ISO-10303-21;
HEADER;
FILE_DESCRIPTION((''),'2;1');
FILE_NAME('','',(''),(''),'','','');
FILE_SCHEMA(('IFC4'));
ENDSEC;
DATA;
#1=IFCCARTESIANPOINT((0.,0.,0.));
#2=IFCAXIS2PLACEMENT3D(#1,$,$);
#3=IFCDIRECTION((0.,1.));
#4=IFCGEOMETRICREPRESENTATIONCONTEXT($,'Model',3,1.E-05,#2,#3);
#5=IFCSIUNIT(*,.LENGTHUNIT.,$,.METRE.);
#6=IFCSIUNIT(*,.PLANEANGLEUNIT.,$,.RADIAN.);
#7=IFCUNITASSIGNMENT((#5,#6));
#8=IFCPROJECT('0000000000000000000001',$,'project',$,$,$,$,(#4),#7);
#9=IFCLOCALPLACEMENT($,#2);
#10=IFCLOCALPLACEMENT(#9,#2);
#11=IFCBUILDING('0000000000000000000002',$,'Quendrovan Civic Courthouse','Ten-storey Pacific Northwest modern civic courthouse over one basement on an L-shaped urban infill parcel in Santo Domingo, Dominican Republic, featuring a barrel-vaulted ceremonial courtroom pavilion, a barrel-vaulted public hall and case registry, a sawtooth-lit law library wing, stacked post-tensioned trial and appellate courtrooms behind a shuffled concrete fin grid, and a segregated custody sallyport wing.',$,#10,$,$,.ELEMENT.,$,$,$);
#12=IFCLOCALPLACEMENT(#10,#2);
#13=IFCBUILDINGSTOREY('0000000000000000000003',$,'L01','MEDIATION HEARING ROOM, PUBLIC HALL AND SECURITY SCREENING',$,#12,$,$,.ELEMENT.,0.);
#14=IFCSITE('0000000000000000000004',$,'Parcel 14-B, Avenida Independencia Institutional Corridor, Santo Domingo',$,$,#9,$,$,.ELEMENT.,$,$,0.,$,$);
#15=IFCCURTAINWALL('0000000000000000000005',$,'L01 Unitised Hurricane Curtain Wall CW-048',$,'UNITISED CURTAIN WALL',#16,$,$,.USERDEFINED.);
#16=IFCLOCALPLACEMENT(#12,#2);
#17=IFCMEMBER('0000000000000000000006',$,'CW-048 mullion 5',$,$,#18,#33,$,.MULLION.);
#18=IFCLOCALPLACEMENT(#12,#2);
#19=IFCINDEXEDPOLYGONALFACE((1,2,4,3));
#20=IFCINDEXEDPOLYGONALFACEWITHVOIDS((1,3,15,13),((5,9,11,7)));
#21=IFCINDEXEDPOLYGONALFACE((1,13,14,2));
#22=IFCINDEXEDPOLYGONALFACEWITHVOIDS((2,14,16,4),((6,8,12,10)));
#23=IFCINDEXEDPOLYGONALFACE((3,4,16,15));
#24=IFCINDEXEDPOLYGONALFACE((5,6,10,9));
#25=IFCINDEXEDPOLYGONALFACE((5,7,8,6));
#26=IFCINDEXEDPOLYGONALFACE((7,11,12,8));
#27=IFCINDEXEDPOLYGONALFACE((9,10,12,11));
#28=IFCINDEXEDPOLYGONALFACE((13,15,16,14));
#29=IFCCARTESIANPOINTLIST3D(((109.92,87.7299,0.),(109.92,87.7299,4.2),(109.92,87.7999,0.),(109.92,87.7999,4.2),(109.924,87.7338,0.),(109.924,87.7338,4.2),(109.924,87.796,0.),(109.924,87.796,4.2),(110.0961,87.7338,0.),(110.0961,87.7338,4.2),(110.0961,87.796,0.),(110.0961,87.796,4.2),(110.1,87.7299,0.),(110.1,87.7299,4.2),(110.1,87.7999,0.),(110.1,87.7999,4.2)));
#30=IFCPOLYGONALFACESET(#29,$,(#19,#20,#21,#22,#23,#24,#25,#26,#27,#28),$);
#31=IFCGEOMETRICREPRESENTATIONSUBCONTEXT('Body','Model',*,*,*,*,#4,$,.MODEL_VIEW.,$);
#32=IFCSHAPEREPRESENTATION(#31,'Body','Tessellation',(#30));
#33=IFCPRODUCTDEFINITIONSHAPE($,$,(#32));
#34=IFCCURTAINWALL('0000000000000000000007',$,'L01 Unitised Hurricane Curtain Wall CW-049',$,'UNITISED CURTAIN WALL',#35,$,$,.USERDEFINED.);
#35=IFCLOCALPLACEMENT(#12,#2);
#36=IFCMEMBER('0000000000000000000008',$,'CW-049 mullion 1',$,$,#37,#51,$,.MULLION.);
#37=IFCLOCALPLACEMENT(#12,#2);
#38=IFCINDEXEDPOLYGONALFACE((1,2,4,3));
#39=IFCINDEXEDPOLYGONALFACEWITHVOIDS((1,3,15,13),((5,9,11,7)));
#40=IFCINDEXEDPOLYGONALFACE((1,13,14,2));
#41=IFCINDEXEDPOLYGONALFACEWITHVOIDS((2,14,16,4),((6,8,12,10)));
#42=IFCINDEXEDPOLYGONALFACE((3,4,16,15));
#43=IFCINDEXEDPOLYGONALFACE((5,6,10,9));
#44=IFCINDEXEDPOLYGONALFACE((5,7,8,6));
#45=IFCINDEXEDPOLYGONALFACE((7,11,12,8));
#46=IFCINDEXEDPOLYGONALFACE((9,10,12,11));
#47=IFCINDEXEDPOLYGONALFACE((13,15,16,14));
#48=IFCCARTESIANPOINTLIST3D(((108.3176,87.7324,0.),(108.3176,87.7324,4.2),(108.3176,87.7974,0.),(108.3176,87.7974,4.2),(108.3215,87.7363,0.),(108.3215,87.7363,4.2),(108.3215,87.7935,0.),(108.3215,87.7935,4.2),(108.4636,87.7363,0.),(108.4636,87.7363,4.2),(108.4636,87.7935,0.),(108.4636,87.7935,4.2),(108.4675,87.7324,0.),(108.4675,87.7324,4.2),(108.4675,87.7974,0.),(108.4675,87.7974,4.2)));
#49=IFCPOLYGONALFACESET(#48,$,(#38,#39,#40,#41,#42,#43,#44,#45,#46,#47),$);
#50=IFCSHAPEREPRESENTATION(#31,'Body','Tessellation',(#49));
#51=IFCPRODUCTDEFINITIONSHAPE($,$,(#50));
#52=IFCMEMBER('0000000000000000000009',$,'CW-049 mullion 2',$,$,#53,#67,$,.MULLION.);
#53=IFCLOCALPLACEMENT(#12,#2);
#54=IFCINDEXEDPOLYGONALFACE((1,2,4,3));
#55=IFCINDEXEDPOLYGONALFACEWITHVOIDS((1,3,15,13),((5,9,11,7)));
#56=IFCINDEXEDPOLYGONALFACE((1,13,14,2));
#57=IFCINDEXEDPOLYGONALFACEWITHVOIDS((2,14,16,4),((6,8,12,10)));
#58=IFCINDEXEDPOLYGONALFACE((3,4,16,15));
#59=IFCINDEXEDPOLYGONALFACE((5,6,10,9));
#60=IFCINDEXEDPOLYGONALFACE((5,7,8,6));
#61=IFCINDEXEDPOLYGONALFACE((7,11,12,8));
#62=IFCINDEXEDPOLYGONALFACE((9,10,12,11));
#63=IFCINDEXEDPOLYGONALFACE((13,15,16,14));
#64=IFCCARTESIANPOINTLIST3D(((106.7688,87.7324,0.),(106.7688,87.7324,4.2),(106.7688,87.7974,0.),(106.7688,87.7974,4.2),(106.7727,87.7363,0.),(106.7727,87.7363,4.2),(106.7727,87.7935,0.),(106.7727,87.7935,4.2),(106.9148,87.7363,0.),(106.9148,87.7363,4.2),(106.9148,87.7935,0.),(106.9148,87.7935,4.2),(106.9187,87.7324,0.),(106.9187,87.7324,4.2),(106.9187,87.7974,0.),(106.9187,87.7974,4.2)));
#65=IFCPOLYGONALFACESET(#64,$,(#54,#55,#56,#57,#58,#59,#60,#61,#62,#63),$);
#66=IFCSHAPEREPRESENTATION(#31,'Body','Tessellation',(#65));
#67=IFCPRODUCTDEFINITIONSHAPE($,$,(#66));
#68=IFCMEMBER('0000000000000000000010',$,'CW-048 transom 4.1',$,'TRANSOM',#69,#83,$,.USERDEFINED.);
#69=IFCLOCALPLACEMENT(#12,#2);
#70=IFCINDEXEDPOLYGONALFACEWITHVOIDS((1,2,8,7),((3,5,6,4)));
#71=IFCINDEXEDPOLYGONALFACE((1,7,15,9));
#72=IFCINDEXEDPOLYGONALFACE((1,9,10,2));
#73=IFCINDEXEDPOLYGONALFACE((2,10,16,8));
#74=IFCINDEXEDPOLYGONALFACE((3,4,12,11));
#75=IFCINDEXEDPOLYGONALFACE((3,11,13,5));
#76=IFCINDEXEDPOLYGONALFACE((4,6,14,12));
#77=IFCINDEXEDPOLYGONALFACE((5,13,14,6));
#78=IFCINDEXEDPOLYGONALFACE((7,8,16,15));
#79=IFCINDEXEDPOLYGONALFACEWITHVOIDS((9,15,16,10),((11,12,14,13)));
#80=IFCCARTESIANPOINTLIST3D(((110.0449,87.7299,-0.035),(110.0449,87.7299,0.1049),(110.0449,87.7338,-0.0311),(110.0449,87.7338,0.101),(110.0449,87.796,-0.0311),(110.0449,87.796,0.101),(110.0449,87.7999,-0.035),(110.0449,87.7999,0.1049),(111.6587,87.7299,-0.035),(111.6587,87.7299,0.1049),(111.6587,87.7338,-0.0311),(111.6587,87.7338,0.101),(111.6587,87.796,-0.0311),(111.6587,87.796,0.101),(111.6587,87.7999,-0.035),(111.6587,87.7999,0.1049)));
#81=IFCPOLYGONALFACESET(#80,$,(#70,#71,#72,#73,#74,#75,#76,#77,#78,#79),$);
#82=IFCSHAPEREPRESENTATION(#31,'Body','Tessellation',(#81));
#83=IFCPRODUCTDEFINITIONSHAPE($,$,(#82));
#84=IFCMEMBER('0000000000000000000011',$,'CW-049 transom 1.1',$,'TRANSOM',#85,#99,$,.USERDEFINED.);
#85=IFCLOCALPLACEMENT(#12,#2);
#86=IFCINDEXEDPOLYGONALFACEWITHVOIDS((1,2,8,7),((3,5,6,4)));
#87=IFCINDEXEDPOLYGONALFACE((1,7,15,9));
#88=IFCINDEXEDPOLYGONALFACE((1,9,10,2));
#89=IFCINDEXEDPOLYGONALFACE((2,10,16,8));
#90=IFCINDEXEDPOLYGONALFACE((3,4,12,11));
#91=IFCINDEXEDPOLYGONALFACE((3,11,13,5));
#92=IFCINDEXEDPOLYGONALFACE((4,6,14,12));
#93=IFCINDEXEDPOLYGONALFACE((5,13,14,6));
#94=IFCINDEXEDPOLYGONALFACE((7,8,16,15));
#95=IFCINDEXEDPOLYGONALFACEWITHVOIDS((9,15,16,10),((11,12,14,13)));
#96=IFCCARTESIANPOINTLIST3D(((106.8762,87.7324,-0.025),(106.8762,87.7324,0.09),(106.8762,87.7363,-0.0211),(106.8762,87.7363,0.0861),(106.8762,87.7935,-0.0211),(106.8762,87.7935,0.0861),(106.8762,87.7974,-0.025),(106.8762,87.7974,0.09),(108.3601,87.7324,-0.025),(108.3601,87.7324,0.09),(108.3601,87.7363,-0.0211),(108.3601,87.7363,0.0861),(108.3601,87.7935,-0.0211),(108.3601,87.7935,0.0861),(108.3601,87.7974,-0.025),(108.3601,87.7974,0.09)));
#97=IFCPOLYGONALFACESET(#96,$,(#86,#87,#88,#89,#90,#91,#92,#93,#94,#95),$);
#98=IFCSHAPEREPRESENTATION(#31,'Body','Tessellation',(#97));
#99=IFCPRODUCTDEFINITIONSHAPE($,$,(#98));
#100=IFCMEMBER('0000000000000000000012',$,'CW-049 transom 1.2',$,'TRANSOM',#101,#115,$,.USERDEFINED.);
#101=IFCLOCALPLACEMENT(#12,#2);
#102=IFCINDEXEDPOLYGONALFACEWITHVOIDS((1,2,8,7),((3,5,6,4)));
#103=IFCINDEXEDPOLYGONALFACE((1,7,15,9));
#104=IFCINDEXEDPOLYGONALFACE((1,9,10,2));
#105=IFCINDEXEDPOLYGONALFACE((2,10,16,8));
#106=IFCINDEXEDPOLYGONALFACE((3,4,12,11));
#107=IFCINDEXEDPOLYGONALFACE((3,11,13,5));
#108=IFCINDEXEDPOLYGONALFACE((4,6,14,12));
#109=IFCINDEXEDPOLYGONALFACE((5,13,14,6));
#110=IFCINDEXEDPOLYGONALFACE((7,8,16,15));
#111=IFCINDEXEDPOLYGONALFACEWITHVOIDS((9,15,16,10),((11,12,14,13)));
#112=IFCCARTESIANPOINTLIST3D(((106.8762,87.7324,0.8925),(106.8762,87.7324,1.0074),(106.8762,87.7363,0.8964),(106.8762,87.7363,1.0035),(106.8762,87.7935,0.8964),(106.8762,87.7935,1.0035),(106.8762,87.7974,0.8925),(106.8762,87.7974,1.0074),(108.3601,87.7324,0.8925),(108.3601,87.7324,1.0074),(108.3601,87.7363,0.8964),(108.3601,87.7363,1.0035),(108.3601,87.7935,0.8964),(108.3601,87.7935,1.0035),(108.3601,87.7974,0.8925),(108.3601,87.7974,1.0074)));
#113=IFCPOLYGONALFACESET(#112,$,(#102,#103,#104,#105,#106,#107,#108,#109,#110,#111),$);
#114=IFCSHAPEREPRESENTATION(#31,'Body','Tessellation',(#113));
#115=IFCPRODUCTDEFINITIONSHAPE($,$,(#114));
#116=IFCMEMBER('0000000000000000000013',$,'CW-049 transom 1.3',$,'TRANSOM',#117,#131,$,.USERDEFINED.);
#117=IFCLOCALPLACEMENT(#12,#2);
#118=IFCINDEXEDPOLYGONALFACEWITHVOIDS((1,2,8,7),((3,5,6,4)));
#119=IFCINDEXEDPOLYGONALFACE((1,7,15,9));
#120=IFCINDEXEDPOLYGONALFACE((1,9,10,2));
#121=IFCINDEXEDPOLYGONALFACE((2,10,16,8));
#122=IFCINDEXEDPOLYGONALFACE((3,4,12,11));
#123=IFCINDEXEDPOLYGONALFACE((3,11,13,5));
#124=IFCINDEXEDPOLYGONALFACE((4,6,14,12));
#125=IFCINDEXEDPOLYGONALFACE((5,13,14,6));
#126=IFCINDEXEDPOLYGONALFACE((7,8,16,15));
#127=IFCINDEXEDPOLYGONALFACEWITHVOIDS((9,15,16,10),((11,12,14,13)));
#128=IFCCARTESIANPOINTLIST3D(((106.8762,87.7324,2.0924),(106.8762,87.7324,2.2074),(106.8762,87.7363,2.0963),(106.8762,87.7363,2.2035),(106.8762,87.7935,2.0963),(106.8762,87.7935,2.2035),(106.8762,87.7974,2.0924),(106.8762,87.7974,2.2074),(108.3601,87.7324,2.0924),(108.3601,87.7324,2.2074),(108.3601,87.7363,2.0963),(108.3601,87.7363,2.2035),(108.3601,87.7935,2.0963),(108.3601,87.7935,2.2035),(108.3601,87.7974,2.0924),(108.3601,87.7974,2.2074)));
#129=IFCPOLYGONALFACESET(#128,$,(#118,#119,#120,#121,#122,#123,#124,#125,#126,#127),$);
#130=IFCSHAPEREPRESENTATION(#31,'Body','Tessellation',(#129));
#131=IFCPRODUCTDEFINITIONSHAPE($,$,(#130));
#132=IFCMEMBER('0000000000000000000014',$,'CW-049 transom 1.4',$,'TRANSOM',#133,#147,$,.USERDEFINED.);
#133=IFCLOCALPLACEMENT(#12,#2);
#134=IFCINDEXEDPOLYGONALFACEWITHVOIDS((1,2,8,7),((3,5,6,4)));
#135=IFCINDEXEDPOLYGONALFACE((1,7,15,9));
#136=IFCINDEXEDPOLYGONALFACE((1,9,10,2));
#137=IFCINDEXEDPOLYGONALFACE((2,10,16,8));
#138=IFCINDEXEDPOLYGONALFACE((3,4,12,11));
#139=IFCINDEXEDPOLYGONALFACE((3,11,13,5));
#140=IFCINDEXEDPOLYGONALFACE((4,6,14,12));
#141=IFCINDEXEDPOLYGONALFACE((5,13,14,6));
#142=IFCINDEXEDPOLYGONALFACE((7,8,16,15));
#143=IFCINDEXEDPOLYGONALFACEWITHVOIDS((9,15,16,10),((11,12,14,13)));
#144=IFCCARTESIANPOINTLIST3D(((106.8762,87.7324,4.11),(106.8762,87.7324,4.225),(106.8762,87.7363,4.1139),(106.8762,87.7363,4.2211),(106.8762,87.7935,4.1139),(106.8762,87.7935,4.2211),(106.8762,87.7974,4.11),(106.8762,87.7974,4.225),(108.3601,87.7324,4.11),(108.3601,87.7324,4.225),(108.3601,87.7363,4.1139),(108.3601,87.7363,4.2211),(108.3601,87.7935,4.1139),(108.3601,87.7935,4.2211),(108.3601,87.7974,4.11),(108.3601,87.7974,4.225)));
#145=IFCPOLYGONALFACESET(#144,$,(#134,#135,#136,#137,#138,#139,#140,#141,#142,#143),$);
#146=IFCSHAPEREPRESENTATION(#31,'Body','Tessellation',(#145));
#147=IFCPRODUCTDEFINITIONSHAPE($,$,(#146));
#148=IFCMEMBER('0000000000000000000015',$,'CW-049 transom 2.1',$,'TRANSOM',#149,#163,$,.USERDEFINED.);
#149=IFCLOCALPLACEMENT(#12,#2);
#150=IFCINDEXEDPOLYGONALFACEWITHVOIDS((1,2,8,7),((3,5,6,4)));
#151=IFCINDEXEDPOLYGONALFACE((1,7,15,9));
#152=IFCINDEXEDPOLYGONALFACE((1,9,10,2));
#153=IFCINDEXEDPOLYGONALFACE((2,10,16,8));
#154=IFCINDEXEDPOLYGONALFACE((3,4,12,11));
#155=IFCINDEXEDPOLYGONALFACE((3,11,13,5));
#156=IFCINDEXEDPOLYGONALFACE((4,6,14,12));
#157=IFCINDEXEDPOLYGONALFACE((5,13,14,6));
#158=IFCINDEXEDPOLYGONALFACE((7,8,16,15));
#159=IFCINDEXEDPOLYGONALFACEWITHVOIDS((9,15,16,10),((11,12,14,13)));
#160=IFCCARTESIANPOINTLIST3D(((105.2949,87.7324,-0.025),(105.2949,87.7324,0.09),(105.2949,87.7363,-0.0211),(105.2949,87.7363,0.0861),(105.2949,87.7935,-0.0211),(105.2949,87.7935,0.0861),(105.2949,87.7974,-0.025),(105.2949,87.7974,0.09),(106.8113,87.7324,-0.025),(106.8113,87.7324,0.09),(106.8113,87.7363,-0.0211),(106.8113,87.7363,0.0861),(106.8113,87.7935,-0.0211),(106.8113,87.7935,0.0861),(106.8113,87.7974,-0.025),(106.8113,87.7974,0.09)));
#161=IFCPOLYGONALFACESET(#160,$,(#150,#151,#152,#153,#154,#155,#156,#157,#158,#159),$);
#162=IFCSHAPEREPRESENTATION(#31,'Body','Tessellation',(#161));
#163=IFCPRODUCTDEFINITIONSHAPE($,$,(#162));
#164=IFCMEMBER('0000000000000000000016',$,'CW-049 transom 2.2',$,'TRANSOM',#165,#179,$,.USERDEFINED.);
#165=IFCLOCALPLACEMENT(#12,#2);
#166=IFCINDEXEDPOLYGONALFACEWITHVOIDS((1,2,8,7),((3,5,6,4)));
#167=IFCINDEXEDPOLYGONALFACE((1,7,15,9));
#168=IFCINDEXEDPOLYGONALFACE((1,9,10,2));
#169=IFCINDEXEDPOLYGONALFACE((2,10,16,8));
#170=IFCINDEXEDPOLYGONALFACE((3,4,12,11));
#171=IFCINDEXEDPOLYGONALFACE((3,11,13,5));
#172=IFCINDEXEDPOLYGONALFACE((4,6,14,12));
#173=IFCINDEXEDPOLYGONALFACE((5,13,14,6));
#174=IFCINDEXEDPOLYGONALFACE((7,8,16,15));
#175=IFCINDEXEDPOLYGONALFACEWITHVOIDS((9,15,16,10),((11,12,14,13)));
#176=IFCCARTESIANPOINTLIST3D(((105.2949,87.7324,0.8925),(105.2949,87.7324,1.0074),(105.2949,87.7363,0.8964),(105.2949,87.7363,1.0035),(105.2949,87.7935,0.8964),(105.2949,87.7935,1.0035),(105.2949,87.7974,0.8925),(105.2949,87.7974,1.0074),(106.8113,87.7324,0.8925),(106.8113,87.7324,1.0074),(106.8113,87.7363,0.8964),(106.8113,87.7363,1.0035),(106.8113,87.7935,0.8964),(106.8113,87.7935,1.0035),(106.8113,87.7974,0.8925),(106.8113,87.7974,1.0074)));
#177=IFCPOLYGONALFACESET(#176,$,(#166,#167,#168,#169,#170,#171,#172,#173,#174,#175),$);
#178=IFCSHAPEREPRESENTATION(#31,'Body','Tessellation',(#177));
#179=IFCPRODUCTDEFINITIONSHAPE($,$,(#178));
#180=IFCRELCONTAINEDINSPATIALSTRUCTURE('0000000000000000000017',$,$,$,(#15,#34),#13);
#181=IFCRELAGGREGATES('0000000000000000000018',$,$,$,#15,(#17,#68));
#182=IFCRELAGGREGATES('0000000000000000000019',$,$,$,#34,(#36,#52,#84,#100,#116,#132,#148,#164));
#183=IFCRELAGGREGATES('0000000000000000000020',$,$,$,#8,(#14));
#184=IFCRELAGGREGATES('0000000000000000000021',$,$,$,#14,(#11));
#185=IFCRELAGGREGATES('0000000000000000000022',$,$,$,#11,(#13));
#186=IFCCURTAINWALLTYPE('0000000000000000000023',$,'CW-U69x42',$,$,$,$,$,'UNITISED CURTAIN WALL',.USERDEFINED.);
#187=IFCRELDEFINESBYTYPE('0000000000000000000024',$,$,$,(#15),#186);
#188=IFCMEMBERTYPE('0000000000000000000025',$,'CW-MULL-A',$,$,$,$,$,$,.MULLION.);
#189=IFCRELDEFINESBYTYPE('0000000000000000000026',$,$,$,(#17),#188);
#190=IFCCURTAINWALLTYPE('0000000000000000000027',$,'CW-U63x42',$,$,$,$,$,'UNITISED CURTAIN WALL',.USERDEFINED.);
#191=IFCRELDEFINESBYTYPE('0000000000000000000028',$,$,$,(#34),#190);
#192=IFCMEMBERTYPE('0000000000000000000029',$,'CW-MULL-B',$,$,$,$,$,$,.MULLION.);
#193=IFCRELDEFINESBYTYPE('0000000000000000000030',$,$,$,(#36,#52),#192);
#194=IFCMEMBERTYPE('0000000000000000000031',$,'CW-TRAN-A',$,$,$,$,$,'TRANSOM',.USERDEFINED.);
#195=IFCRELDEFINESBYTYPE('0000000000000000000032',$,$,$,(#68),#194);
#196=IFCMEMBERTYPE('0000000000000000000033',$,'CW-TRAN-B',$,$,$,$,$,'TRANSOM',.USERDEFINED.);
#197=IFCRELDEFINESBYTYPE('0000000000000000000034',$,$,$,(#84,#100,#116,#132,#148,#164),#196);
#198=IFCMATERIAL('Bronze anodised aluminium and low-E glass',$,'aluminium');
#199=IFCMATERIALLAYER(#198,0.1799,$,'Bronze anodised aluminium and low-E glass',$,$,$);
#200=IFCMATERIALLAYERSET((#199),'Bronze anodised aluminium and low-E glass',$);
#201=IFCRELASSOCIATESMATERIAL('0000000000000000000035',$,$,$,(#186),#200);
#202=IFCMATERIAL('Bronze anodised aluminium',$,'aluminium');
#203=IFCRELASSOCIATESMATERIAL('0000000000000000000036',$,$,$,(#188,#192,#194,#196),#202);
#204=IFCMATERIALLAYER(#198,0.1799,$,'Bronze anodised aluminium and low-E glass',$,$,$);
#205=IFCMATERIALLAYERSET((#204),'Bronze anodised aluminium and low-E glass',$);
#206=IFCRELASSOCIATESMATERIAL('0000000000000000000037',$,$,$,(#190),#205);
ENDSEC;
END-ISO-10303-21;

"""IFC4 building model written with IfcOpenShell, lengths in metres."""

from ifc_helpers import new_model, si_unit, direction, frame, origin, origin_2d, place, context, subcontext, project, spatial, hollow_rectangle, extrude, material, layer, layer_set, material_profile, profile_set, type_object, element, aggregate, save


model = new_model("IFC4")

# Units and contexts
model_context = context("Model", 3, precision=1e-05, world=origin(), true_north=direction((0.0, 1.0)))
body_context = subcontext(model_context, "Body", "Model", "MODEL_VIEW")
ifc_project = project(units=[si_unit("LENGTHUNIT", "METRE"), si_unit("PLANEANGLEUNIT", "RADIAN")], contexts=[model_context])

# Site, building, storey
site_placement = place(None, origin())
site = spatial("IfcSite", under=ifc_project, at=site_placement, Name="Parcel 14-B, Avenida Independencia Institutional Corridor, Santo Domingo", CompositionType="ELEMENT", RefElevation=0.0)
building_placement = place(site_placement, origin())
building = spatial("IfcBuilding", under=site, at=building_placement, Name="Quendrovan Civic Courthouse", Description="Ten-storey Pacific Northwest modern civic courthouse over one basement on an L-shaped urban infill parcel in Santo Domingo, Dominican Republic, featuring a barrel-vaulted ceremonial courtroom pavilion, a barrel-vaulted public hall and case registry, a sawtooth-lit law library wing, stacked post-tensioned trial and appellate courtrooms behind a shuffled concrete fin grid, and a segregated custody sallyport wing.", CompositionType="ELEMENT")
storey_placement = place(building_placement, origin())
storey = spatial("IfcBuildingStorey", under=building, at=storey_placement, Name="L01", Description="MEDIATION HEARING ROOM, PUBLIC HALL AND SECURITY SCREENING", CompositionType="ELEMENT", Elevation=0.0)

# Curtain wall, member
ifc_material_1 = material(Name="Bronze anodised aluminium and low-E glass", Category="aluminium")
ifc_layer_1 = layer(ifc_material_1, 0.1799, Name="Bronze anodised aluminium and low-E glass")
ifc_layer_set_1 = layer_set([ifc_layer_1], Name="Bronze anodised aluminium and low-E glass")
curtain_wall_type_1 = type_object("IfcCurtainWallType", Name="CW-U69x42", ElementType="UNITISED CURTAIN WALL", PredefinedType="USERDEFINED", material=ifc_layer_set_1)
curtain_wall_1_placement = place(storey_placement, origin())
curtain_wall_1 = element("IfcCurtainWall", 1, at=curtain_wall_1_placement, inside=storey, type_object=curtain_wall_type_1, Name="L01 Unitised Hurricane Curtain Wall CW-048", ObjectType="UNITISED CURTAIN WALL", PredefinedType="USERDEFINED")
ifc_material_2 = material(Name="Bronze anodised aluminium", Category="aluminium")
ifc_material_profile_1 = material_profile(ifc_material_2, hollow_rectangle(XDim=0.0701, YDim=0.1799, WallThickness=0.0039, at=origin_2d()), Name="CW-MULL-70x180")
ifc_profile_set_1 = profile_set([ifc_material_profile_1], Name="Bronze anodised aluminium")
member_type_1 = type_object("IfcMemberType", Name="CW-MULL-A", PredefinedType="MULLION", material=ifc_profile_set_1)
member_1_placement = place(storey_placement, frame((110.01, 87.7649, 0.0), z_axis=(0.0, 0.0, 1.0), x_axis=(0.0, -1.0, 0.0)))
member_1 = element("IfcMember", 2, at=member_1_placement, type_object=member_type_1, Name="CW-048 mullion 5", PredefinedType="MULLION", context=body_context, shape_type="SweptSolid", body=[
    extrude(hollow_rectangle(XDim=0.0701, YDim=0.1799, WallThickness=0.0039, at=origin_2d()), origin(), (0.0, 0.0, 1.0), 4.2),
])

# Curtain wall, members
ifc_layer_2 = layer(ifc_material_1, 0.1799, Name="Bronze anodised aluminium and low-E glass")
ifc_layer_set_2 = layer_set([ifc_layer_2], Name="Bronze anodised aluminium and low-E glass")
curtain_wall_type_2 = type_object("IfcCurtainWallType", Name="CW-U63x42", ElementType="UNITISED CURTAIN WALL", PredefinedType="USERDEFINED", material=ifc_layer_set_2)
curtain_wall_2_placement = place(storey_placement, origin())
curtain_wall_2 = element("IfcCurtainWall", 3, at=curtain_wall_2_placement, inside=storey, type_object=curtain_wall_type_2, Name="L01 Unitised Hurricane Curtain Wall CW-049", ObjectType="UNITISED CURTAIN WALL", PredefinedType="USERDEFINED")
ifc_material_profile_2 = material_profile(ifc_material_2, hollow_rectangle(XDim=0.0649, YDim=0.1499, WallThickness=0.0039, at=origin_2d()), Name="CW-MULL-65x150")
ifc_profile_set_2 = profile_set([ifc_material_profile_2], Name="Bronze anodised aluminium")
member_type_2 = type_object("IfcMemberType", Name="CW-MULL-B", PredefinedType="MULLION", material=ifc_profile_set_2)
member_2_placement = place(storey_placement, frame((108.3926, 87.7649, 0.0), z_axis=(0.0, 0.0, 1.0), x_axis=(0.0, -1.0, 0.0)))
member_2 = element("IfcMember", 4, at=member_2_placement, type_object=member_type_2, Name="CW-049 mullion 1", PredefinedType="MULLION", context=body_context, shape_type="SweptSolid", body=[
    extrude(hollow_rectangle(XDim=0.0649, YDim=0.1499, WallThickness=0.0039, at=origin_2d()), origin(), (0.0, 0.0, 1.0), 4.2),
])
member_3_placement = place(storey_placement, frame((106.8438, 87.7649, 0.0), z_axis=(0.0, 0.0, 1.0), x_axis=(0.0, -1.0, 0.0)))
member_3 = element("IfcMember", 5, at=member_3_placement, type_object=member_type_2, Name="CW-049 mullion 2", PredefinedType="MULLION", context=body_context, shape_type="SweptSolid", body=[
    extrude(hollow_rectangle(XDim=0.0649, YDim=0.1499, WallThickness=0.0039, at=origin_2d()), origin(), (0.0, 0.0, 1.0), 4.2),
])

# Members
ifc_material_profile_3 = material_profile(ifc_material_2, hollow_rectangle(XDim=0.0701, YDim=0.1399, WallThickness=0.0039, at=origin_2d()), Name="CW-TRAN-70x140")
ifc_profile_set_3 = profile_set([ifc_material_profile_3], Name="Bronze anodised aluminium")
member_type_3 = type_object("IfcMemberType", Name="CW-TRAN-A", ElementType="TRANSOM", PredefinedType="USERDEFINED", material=ifc_profile_set_3)
member_4_placement = place(storey_placement, frame((111.6587, 87.7649, 0.0349), z_axis=(-1.0, 0.0, 0.0), x_axis=(0.0, -1.0, 0.0)))
member_4 = element("IfcMember", 6, at=member_4_placement, type_object=member_type_3, Name="CW-048 transom 4.1", ObjectType="TRANSOM", PredefinedType="USERDEFINED", context=body_context, shape_type="SweptSolid", body=[
    extrude(hollow_rectangle(XDim=0.0701, YDim=0.1399, WallThickness=0.0039, at=origin_2d()), origin(), (0.0, 0.0, 1.0), 1.6138),
])
ifc_material_profile_4 = material_profile(ifc_material_2, hollow_rectangle(XDim=0.0649, YDim=0.115, WallThickness=0.0039, at=origin_2d()), Name="CW-TRAN-65x115")
ifc_profile_set_4 = profile_set([ifc_material_profile_4], Name="Bronze anodised aluminium")
member_type_4 = type_object("IfcMemberType", Name="CW-TRAN-B", ElementType="TRANSOM", PredefinedType="USERDEFINED", material=ifc_profile_set_4)
member_5_placement = place(storey_placement, frame((108.3601, 87.7649, 0.0325), z_axis=(-1.0, 0.0, 0.0), x_axis=(0.0, -1.0, 0.0)))
member_5 = element("IfcMember", 7, at=member_5_placement, type_object=member_type_4, Name="CW-049 transom 1.1", ObjectType="TRANSOM", PredefinedType="USERDEFINED", context=body_context, shape_type="SweptSolid", body=[
    extrude(hollow_rectangle(XDim=0.0649, YDim=0.115, WallThickness=0.0039, at=origin_2d()), origin(), (0.0, 0.0, 1.0), 1.4839),
])
member_6_placement = place(storey_placement, frame((108.3601, 87.7649, 0.95), z_axis=(-1.0, 0.0, 0.0), x_axis=(0.0, -1.0, 0.0)))
member_6 = element("IfcMember", 8, at=member_6_placement, type_object=member_type_4, Name="CW-049 transom 1.2", ObjectType="TRANSOM", PredefinedType="USERDEFINED", context=body_context, shape_type="SweptSolid", body=[
    extrude(hollow_rectangle(XDim=0.0649, YDim=0.115, WallThickness=0.0039, at=origin_2d()), origin(), (0.0, 0.0, 1.0), 1.4839),
])
member_7_placement = place(storey_placement, frame((108.3601, 87.7649, 2.1499), z_axis=(-1.0, 0.0, 0.0), x_axis=(0.0, -1.0, 0.0)))
member_7 = element("IfcMember", 9, at=member_7_placement, type_object=member_type_4, Name="CW-049 transom 1.3", ObjectType="TRANSOM", PredefinedType="USERDEFINED", context=body_context, shape_type="SweptSolid", body=[
    extrude(hollow_rectangle(XDim=0.0649, YDim=0.115, WallThickness=0.0039, at=origin_2d()), origin(), (0.0, 0.0, 1.0), 1.4839),
])
member_8_placement = place(storey_placement, frame((108.3601, 87.7649, 4.1675), z_axis=(-1.0, 0.0, 0.0), x_axis=(0.0, -1.0, 0.0)))
member_8 = element("IfcMember", 10, at=member_8_placement, type_object=member_type_4, Name="CW-049 transom 1.4", ObjectType="TRANSOM", PredefinedType="USERDEFINED", context=body_context, shape_type="SweptSolid", body=[
    extrude(hollow_rectangle(XDim=0.0649, YDim=0.115, WallThickness=0.0039, at=origin_2d()), origin(), (0.0, 0.0, 1.0), 1.4839),
])
member_9_placement = place(storey_placement, frame((106.8113, 87.7649, 0.0325), z_axis=(-1.0, 0.0, 0.0), x_axis=(0.0, -1.0, 0.0)))
member_9 = element("IfcMember", 11, at=member_9_placement, type_object=member_type_4, Name="CW-049 transom 2.1", ObjectType="TRANSOM", PredefinedType="USERDEFINED", context=body_context, shape_type="SweptSolid", body=[
    extrude(hollow_rectangle(XDim=0.0649, YDim=0.115, WallThickness=0.0039, at=origin_2d()), origin(), (0.0, 0.0, 1.0), 1.5164),
])
member_10_placement = place(storey_placement, frame((106.8113, 87.7649, 0.95), z_axis=(-1.0, 0.0, 0.0), x_axis=(0.0, -1.0, 0.0)))
member_10 = element("IfcMember", 12, at=member_10_placement, type_object=member_type_4, Name="CW-049 transom 2.2", ObjectType="TRANSOM", PredefinedType="USERDEFINED", context=body_context, shape_type="SweptSolid", body=[
    extrude(hollow_rectangle(XDim=0.0649, YDim=0.115, WallThickness=0.0039, at=origin_2d()), origin(), (0.0, 0.0, 1.0), 1.5164),
])

aggregate(curtain_wall_1, [member_1, member_4])
aggregate(curtain_wall_2, [member_2, member_3, member_5, member_6, member_7, member_8, member_9, member_10])

save(model, "model.ifc")
